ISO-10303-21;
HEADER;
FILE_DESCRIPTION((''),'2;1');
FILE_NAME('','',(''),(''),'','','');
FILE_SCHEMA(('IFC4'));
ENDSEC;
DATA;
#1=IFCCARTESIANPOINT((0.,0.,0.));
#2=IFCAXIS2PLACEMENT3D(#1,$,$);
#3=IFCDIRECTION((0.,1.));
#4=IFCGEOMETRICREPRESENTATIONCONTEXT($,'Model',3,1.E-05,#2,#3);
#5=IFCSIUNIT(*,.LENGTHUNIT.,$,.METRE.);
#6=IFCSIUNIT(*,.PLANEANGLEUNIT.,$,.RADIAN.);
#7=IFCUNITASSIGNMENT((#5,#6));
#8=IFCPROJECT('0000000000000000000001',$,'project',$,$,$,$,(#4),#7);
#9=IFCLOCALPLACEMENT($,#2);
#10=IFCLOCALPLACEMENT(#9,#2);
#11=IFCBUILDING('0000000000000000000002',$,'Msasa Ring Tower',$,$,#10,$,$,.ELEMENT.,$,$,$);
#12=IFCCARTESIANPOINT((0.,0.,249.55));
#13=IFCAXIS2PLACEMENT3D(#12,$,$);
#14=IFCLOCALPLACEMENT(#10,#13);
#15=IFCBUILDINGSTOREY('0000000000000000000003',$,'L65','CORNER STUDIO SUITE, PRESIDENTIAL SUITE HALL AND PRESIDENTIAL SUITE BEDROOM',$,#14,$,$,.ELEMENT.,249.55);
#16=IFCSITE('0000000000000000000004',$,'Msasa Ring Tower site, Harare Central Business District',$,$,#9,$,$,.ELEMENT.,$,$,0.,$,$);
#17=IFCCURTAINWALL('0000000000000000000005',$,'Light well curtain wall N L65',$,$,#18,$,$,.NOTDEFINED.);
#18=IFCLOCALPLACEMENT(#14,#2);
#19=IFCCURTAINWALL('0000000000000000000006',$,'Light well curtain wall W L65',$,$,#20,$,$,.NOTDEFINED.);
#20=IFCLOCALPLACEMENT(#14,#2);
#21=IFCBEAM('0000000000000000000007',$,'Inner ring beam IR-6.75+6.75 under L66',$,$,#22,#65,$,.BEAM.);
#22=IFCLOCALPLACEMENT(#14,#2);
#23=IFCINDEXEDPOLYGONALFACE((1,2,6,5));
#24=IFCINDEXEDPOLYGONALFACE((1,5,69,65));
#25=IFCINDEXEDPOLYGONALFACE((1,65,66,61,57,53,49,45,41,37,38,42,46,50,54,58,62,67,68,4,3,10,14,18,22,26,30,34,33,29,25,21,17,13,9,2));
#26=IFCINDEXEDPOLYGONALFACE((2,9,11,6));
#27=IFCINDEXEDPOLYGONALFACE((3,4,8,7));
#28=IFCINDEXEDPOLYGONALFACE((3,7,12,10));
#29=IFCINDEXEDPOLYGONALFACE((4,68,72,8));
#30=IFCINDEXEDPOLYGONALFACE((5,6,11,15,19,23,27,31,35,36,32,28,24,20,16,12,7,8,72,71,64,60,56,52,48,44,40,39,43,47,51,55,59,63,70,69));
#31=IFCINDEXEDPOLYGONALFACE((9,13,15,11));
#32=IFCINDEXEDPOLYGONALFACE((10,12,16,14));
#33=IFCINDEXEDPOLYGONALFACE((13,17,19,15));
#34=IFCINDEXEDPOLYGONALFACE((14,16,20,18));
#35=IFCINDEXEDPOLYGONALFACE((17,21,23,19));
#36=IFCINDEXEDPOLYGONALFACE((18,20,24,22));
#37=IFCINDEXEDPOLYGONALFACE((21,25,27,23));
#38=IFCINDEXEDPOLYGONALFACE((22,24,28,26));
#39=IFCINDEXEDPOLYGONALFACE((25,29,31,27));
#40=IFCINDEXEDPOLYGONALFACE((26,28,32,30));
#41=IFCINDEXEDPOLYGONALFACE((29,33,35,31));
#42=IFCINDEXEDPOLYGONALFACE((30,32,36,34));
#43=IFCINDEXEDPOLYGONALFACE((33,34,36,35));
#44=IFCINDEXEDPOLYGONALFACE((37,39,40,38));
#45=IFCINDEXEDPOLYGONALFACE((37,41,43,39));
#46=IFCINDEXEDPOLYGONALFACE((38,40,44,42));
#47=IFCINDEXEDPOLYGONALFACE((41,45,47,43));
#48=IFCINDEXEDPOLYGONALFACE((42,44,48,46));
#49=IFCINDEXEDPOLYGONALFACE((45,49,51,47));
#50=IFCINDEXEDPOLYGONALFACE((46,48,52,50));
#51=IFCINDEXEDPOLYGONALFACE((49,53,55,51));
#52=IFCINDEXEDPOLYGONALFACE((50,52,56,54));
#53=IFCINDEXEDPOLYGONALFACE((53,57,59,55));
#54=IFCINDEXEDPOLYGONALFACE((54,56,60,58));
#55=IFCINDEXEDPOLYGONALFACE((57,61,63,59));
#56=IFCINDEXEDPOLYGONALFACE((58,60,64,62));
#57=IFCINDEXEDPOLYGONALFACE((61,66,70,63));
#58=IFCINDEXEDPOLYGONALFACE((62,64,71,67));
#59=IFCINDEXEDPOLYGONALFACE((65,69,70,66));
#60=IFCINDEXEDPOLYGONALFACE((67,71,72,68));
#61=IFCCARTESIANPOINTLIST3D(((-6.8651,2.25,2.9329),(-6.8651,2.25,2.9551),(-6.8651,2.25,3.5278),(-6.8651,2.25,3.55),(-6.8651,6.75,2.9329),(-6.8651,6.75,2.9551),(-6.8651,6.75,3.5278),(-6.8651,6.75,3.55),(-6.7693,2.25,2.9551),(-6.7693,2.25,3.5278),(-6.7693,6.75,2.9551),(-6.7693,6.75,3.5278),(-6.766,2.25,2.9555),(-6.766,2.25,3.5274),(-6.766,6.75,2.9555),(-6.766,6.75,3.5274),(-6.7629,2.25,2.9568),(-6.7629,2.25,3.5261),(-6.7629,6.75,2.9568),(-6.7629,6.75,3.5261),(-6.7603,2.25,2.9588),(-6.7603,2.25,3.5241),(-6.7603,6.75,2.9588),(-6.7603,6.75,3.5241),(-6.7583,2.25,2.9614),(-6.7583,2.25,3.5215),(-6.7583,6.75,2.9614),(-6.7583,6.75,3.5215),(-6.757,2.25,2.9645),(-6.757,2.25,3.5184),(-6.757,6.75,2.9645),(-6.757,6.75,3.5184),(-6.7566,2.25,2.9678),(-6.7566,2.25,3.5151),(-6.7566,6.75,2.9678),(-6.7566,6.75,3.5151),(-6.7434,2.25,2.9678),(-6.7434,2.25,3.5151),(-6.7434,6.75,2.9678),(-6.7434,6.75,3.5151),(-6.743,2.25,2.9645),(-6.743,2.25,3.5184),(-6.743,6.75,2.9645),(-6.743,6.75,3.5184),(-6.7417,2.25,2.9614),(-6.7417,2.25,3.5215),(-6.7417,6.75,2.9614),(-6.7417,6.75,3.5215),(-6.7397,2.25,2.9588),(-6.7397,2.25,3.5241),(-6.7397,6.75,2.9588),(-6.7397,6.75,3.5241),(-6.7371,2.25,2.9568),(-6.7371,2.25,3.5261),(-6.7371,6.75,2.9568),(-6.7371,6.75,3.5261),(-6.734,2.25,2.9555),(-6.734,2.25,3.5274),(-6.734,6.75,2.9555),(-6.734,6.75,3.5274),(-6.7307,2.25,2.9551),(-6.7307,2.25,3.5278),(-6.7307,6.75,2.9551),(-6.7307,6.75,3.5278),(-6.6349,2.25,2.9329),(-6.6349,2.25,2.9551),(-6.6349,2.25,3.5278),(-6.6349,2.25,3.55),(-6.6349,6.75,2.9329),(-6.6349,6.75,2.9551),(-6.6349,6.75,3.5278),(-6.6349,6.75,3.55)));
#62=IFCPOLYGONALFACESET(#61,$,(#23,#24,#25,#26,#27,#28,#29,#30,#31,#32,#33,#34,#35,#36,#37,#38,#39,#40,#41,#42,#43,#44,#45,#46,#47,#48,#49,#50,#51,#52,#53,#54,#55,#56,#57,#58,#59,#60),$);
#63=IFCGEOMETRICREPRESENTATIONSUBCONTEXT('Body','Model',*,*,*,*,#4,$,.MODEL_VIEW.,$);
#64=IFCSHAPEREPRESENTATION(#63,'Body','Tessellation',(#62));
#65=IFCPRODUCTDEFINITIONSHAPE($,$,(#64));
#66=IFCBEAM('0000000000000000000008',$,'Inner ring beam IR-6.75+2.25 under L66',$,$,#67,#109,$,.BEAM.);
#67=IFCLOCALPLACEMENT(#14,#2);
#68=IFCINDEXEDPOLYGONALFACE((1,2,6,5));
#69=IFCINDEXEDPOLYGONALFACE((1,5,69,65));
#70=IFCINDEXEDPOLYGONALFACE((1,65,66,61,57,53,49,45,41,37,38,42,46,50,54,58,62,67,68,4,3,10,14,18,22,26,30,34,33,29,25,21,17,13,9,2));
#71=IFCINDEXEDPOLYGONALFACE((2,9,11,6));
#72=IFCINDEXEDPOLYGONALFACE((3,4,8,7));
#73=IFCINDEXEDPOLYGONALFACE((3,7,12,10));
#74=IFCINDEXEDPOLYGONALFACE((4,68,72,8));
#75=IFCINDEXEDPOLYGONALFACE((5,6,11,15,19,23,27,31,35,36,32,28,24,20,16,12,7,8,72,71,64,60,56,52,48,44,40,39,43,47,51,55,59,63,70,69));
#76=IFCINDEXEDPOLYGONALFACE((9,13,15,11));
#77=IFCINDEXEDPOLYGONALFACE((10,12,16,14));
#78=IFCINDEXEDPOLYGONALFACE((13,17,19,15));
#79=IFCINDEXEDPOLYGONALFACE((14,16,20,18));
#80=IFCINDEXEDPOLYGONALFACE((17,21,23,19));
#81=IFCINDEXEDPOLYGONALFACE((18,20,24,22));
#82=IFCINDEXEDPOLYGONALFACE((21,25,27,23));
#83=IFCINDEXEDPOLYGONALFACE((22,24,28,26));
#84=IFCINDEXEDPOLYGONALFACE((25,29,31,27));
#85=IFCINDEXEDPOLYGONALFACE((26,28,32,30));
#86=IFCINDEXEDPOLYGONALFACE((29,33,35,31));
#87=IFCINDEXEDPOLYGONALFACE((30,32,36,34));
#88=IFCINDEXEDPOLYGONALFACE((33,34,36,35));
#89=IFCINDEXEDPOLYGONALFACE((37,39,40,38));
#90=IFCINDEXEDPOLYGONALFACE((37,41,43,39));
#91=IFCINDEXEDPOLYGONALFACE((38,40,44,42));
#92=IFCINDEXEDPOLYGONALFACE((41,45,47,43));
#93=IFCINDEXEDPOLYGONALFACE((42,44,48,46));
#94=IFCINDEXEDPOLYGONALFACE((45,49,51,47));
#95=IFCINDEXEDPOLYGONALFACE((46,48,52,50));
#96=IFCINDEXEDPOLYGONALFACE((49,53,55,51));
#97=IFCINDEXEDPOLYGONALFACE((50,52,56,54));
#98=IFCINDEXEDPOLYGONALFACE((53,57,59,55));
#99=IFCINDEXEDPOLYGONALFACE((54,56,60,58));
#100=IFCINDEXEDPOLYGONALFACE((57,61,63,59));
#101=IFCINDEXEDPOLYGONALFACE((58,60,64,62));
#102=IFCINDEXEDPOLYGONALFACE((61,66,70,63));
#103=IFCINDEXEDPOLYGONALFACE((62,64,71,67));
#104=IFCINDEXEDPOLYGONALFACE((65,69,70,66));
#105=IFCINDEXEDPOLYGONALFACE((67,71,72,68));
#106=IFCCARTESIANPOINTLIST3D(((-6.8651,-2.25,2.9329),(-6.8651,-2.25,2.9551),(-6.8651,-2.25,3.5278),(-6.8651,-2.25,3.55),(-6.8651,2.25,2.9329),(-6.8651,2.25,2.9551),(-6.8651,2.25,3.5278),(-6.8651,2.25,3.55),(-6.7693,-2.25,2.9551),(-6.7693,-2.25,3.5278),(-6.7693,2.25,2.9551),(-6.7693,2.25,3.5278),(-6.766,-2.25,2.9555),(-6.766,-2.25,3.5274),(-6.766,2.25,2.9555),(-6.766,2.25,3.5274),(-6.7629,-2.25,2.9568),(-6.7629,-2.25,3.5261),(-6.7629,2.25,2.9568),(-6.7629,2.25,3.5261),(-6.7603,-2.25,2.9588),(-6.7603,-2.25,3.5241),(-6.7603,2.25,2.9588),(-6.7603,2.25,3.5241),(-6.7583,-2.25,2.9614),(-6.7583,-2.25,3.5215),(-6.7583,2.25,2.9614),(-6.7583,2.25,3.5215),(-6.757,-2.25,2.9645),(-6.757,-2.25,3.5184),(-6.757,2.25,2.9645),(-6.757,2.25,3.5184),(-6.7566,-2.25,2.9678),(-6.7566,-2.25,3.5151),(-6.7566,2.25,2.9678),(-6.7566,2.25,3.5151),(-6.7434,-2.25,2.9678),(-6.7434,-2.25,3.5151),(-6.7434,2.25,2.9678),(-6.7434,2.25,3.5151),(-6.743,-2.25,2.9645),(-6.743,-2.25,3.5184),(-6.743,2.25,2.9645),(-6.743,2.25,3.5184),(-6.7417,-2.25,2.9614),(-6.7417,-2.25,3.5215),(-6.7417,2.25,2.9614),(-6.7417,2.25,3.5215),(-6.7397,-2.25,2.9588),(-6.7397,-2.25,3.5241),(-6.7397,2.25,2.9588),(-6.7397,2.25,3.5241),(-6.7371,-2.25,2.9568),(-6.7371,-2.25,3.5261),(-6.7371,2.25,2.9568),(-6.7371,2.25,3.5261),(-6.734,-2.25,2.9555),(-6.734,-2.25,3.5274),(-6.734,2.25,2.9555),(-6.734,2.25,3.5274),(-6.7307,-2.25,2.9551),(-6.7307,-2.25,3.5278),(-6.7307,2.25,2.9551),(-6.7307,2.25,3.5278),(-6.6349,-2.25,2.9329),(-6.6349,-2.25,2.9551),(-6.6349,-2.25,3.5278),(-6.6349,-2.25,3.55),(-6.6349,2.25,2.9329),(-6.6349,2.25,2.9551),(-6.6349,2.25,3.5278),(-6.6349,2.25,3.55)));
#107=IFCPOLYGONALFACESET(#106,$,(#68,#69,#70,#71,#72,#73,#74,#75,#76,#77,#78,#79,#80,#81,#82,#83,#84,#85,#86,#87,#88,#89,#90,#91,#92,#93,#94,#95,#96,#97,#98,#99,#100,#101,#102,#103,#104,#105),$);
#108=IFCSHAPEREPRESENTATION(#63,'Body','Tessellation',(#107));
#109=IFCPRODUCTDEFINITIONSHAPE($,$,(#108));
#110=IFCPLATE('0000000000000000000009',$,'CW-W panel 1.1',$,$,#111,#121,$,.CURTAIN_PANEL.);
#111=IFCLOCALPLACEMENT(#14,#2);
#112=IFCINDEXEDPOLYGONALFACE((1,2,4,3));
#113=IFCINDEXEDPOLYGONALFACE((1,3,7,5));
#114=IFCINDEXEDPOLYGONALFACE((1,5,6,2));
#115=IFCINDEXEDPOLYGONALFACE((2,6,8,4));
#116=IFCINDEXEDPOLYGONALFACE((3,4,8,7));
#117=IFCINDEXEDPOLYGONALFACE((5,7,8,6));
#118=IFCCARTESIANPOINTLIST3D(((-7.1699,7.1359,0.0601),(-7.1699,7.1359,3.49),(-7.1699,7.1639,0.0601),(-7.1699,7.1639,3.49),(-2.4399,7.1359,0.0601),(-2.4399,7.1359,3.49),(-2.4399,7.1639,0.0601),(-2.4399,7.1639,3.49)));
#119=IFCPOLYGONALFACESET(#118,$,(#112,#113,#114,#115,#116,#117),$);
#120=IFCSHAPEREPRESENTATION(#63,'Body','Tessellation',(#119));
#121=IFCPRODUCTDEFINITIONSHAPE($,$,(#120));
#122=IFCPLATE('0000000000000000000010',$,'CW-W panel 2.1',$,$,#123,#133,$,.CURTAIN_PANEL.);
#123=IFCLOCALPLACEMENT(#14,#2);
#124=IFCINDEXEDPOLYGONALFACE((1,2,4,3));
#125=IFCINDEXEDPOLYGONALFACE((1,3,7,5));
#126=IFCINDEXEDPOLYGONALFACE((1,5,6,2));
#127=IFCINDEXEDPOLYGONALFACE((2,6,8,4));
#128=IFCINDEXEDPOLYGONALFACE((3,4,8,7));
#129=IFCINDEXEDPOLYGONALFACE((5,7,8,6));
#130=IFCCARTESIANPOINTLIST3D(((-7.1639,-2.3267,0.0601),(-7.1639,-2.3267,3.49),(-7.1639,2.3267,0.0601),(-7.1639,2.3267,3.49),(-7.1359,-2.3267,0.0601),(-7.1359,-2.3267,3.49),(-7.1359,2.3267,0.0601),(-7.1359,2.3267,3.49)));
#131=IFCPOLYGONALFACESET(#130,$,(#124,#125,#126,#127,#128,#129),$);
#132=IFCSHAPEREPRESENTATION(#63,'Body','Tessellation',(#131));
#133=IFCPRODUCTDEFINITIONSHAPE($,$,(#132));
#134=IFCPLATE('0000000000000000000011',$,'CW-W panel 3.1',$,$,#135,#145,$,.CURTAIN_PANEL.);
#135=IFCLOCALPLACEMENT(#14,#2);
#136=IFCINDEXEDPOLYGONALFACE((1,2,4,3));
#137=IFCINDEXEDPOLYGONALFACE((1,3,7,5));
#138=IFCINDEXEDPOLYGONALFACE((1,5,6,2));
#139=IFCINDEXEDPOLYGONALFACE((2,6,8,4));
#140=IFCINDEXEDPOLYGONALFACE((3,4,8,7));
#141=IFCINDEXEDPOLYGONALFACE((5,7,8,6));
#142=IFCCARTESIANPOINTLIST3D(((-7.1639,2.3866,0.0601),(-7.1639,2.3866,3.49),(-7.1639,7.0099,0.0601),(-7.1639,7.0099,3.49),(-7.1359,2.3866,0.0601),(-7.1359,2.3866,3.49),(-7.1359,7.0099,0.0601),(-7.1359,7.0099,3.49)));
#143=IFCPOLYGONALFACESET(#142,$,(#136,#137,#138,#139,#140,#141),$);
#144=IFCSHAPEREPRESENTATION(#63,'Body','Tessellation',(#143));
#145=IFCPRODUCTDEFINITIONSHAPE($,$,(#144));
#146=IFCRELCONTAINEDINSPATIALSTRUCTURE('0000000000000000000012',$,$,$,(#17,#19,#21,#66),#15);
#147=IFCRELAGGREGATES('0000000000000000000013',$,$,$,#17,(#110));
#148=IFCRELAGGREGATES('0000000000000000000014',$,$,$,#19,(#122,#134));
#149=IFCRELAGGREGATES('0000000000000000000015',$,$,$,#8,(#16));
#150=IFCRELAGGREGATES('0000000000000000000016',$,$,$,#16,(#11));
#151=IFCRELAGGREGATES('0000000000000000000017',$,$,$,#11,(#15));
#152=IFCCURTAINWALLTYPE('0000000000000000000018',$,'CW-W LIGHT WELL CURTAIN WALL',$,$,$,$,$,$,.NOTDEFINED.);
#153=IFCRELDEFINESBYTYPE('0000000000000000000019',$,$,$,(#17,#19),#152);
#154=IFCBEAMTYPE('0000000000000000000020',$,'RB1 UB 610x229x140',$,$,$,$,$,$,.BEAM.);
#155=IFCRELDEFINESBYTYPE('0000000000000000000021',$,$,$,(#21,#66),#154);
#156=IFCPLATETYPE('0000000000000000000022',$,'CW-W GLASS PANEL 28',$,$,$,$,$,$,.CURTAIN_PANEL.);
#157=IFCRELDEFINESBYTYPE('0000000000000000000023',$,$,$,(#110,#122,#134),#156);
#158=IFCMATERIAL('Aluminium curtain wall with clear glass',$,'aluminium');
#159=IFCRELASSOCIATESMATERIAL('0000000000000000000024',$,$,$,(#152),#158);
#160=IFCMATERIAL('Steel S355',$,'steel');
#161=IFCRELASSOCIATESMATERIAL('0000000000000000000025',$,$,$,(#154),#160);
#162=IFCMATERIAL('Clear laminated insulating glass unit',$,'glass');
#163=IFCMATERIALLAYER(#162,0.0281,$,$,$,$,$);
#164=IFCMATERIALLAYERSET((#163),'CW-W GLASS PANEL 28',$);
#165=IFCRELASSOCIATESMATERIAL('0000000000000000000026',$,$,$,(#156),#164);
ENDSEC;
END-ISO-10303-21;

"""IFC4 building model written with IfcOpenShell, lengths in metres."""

from ifc_helpers import new_model, si_unit, direction, frame, origin, origin_2d, place, context, subcontext, project, spatial, rectangle, i_section, extrude, material, layer, layer_set, material_profile, profile_set, type_object, element, aggregate, save


model = new_model("IFC4")

# Units and contexts
model_context = context("Model", 3, precision=1e-05, world=origin(), true_north=direction((0.0, 1.0)))
body_context = subcontext(model_context, "Body", "Model", "MODEL_VIEW")
ifc_project = project(units=[si_unit("LENGTHUNIT", "METRE"), si_unit("PLANEANGLEUNIT", "RADIAN")], contexts=[model_context])

# Site, building, storey
site_placement = place(None, origin())
site = spatial("IfcSite", under=ifc_project, at=site_placement, Name="Msasa Ring Tower site, Harare Central Business District", CompositionType="ELEMENT", RefElevation=0.0)
building_placement = place(site_placement, origin())
building = spatial("IfcBuilding", under=site, at=building_placement, Name="Msasa Ring Tower", CompositionType="ELEMENT")
storey_placement = place(building_placement, frame((0.0, 0.0, 249.55)))
storey = spatial("IfcBuildingStorey", under=building, at=storey_placement, Name="L65", Description="CORNER STUDIO SUITE, PRESIDENTIAL SUITE HALL AND PRESIDENTIAL SUITE BEDROOM", CompositionType="ELEMENT", Elevation=249.55)

# Curtain wall
ifc_material_1 = material(Name="Aluminium curtain wall with clear glass", Category="aluminium")
curtain_wall_type = type_object("IfcCurtainWallType", Name="CW-W LIGHT WELL CURTAIN WALL", PredefinedType="NOTDEFINED", material=ifc_material_1)
curtain_wall_1_placement = place(storey_placement, origin())
curtain_wall_1 = element("IfcCurtainWall", 1, at=curtain_wall_1_placement, inside=storey, type_object=curtain_wall_type, Name="Light well curtain wall N L65", PredefinedType="NOTDEFINED")

# Curtain wall
curtain_wall_2_placement = place(storey_placement, origin())
curtain_wall_2 = element("IfcCurtainWall", 2, at=curtain_wall_2_placement, inside=storey, type_object=curtain_wall_type, Name="Light well curtain wall W L65", PredefinedType="NOTDEFINED")

# Beams
ifc_material_2 = material(Name="Steel S355", Category="steel")
ifc_material_profile_1 = material_profile(ifc_material_2, i_section(OverallWidth=0.2302, OverallDepth=0.6172, WebThickness=0.0132, FlangeThickness=0.0222, FilletRadius=0.0127, at=origin_2d()), Name="UB 610x229x140")
ifc_profile_set_1 = profile_set([ifc_material_profile_1], Name="Steel S355")
beam_type = type_object("IfcBeamType", Name="RB1 UB 610x229x140", PredefinedType="BEAM", material=ifc_profile_set_1)
for number, where, z_axis, x_axis, name in (
    (3, (-6.75, 6.75, 3.2415), (0.0, -1.0, 0.0), (1.0, 0.0, 0.0), "Inner ring beam IR-6.75+6.75 under L66"),
    (4, (-6.75, 2.25, 3.2415), (0.0, -1.0, 0.0), (1.0, 0.0, 0.0), "Inner ring beam IR-6.75+2.25 under L66"),
):
    element("IfcBeam", number, at=place(storey_placement, frame(where, z_axis=z_axis, x_axis=x_axis)), inside=storey, type_object=beam_type, Name=name, PredefinedType="BEAM", context=body_context, shape_type="SweptSolid", body=[
        extrude(i_section(OverallWidth=0.2302, OverallDepth=0.6172, WebThickness=0.0132, FlangeThickness=0.0222, FilletRadius=0.0127, at=origin_2d()), origin(), (0.0, 0.0, 1.0), 4.5),
    ])

# Plates
ifc_material_3 = material(Name="Clear laminated insulating glass unit", Category="glass")
ifc_layer_1 = layer(ifc_material_3, 0.0281)
ifc_layer_set_1 = layer_set([ifc_layer_1], Name="CW-W GLASS PANEL 28")
plate_type = type_object("IfcPlateType", Name="CW-W GLASS PANEL 28", PredefinedType="CURTAIN_PANEL", material=ifc_layer_set_1)
plate_1_placement = place(storey_placement, frame((-4.8049, 7.1499, 0.0601), z_axis=(0.0, 0.0, 1.0), x_axis=(1.0, 0.0, 0.0)))
plate_1 = element("IfcPlate", 5, at=plate_1_placement, type_object=plate_type, Name="CW-W panel 1.1", PredefinedType="CURTAIN_PANEL", context=body_context, shape_type="SweptSolid", body=[
    extrude(rectangle(XDim=4.73, YDim=0.0281, at=origin_2d()), origin(), (0.0, 0.0, 1.0), 3.4299),
])
aggregate(curtain_wall_1, [plate_1])
plate_2_placement = place(storey_placement, frame((-7.1499, 0.0, 0.0601), z_axis=(0.0, 0.0, 1.0), x_axis=(0.0, 1.0, 0.0)))
plate_2 = element("IfcPlate", 6, at=plate_2_placement, type_object=plate_type, Name="CW-W panel 2.1", PredefinedType="CURTAIN_PANEL", context=body_context, shape_type="SweptSolid", body=[
    extrude(rectangle(XDim=4.6533, YDim=0.0281, at=origin_2d()), origin(), (0.0, 0.0, 1.0), 3.4299),
])
plate_3_placement = place(storey_placement, frame((-7.1499, 4.6982, 0.0601), z_axis=(0.0, 0.0, 1.0), x_axis=(0.0, 1.0, 0.0)))
plate_3 = element("IfcPlate", 7, at=plate_3_placement, type_object=plate_type, Name="CW-W panel 3.1", PredefinedType="CURTAIN_PANEL", context=body_context, shape_type="SweptSolid", body=[
    extrude(rectangle(XDim=4.6233, YDim=0.0281, at=origin_2d()), origin(), (0.0, 0.0, 1.0), 3.4299),
])
aggregate(curtain_wall_2, [plate_2, plate_3])

save(model, "model.ifc")
